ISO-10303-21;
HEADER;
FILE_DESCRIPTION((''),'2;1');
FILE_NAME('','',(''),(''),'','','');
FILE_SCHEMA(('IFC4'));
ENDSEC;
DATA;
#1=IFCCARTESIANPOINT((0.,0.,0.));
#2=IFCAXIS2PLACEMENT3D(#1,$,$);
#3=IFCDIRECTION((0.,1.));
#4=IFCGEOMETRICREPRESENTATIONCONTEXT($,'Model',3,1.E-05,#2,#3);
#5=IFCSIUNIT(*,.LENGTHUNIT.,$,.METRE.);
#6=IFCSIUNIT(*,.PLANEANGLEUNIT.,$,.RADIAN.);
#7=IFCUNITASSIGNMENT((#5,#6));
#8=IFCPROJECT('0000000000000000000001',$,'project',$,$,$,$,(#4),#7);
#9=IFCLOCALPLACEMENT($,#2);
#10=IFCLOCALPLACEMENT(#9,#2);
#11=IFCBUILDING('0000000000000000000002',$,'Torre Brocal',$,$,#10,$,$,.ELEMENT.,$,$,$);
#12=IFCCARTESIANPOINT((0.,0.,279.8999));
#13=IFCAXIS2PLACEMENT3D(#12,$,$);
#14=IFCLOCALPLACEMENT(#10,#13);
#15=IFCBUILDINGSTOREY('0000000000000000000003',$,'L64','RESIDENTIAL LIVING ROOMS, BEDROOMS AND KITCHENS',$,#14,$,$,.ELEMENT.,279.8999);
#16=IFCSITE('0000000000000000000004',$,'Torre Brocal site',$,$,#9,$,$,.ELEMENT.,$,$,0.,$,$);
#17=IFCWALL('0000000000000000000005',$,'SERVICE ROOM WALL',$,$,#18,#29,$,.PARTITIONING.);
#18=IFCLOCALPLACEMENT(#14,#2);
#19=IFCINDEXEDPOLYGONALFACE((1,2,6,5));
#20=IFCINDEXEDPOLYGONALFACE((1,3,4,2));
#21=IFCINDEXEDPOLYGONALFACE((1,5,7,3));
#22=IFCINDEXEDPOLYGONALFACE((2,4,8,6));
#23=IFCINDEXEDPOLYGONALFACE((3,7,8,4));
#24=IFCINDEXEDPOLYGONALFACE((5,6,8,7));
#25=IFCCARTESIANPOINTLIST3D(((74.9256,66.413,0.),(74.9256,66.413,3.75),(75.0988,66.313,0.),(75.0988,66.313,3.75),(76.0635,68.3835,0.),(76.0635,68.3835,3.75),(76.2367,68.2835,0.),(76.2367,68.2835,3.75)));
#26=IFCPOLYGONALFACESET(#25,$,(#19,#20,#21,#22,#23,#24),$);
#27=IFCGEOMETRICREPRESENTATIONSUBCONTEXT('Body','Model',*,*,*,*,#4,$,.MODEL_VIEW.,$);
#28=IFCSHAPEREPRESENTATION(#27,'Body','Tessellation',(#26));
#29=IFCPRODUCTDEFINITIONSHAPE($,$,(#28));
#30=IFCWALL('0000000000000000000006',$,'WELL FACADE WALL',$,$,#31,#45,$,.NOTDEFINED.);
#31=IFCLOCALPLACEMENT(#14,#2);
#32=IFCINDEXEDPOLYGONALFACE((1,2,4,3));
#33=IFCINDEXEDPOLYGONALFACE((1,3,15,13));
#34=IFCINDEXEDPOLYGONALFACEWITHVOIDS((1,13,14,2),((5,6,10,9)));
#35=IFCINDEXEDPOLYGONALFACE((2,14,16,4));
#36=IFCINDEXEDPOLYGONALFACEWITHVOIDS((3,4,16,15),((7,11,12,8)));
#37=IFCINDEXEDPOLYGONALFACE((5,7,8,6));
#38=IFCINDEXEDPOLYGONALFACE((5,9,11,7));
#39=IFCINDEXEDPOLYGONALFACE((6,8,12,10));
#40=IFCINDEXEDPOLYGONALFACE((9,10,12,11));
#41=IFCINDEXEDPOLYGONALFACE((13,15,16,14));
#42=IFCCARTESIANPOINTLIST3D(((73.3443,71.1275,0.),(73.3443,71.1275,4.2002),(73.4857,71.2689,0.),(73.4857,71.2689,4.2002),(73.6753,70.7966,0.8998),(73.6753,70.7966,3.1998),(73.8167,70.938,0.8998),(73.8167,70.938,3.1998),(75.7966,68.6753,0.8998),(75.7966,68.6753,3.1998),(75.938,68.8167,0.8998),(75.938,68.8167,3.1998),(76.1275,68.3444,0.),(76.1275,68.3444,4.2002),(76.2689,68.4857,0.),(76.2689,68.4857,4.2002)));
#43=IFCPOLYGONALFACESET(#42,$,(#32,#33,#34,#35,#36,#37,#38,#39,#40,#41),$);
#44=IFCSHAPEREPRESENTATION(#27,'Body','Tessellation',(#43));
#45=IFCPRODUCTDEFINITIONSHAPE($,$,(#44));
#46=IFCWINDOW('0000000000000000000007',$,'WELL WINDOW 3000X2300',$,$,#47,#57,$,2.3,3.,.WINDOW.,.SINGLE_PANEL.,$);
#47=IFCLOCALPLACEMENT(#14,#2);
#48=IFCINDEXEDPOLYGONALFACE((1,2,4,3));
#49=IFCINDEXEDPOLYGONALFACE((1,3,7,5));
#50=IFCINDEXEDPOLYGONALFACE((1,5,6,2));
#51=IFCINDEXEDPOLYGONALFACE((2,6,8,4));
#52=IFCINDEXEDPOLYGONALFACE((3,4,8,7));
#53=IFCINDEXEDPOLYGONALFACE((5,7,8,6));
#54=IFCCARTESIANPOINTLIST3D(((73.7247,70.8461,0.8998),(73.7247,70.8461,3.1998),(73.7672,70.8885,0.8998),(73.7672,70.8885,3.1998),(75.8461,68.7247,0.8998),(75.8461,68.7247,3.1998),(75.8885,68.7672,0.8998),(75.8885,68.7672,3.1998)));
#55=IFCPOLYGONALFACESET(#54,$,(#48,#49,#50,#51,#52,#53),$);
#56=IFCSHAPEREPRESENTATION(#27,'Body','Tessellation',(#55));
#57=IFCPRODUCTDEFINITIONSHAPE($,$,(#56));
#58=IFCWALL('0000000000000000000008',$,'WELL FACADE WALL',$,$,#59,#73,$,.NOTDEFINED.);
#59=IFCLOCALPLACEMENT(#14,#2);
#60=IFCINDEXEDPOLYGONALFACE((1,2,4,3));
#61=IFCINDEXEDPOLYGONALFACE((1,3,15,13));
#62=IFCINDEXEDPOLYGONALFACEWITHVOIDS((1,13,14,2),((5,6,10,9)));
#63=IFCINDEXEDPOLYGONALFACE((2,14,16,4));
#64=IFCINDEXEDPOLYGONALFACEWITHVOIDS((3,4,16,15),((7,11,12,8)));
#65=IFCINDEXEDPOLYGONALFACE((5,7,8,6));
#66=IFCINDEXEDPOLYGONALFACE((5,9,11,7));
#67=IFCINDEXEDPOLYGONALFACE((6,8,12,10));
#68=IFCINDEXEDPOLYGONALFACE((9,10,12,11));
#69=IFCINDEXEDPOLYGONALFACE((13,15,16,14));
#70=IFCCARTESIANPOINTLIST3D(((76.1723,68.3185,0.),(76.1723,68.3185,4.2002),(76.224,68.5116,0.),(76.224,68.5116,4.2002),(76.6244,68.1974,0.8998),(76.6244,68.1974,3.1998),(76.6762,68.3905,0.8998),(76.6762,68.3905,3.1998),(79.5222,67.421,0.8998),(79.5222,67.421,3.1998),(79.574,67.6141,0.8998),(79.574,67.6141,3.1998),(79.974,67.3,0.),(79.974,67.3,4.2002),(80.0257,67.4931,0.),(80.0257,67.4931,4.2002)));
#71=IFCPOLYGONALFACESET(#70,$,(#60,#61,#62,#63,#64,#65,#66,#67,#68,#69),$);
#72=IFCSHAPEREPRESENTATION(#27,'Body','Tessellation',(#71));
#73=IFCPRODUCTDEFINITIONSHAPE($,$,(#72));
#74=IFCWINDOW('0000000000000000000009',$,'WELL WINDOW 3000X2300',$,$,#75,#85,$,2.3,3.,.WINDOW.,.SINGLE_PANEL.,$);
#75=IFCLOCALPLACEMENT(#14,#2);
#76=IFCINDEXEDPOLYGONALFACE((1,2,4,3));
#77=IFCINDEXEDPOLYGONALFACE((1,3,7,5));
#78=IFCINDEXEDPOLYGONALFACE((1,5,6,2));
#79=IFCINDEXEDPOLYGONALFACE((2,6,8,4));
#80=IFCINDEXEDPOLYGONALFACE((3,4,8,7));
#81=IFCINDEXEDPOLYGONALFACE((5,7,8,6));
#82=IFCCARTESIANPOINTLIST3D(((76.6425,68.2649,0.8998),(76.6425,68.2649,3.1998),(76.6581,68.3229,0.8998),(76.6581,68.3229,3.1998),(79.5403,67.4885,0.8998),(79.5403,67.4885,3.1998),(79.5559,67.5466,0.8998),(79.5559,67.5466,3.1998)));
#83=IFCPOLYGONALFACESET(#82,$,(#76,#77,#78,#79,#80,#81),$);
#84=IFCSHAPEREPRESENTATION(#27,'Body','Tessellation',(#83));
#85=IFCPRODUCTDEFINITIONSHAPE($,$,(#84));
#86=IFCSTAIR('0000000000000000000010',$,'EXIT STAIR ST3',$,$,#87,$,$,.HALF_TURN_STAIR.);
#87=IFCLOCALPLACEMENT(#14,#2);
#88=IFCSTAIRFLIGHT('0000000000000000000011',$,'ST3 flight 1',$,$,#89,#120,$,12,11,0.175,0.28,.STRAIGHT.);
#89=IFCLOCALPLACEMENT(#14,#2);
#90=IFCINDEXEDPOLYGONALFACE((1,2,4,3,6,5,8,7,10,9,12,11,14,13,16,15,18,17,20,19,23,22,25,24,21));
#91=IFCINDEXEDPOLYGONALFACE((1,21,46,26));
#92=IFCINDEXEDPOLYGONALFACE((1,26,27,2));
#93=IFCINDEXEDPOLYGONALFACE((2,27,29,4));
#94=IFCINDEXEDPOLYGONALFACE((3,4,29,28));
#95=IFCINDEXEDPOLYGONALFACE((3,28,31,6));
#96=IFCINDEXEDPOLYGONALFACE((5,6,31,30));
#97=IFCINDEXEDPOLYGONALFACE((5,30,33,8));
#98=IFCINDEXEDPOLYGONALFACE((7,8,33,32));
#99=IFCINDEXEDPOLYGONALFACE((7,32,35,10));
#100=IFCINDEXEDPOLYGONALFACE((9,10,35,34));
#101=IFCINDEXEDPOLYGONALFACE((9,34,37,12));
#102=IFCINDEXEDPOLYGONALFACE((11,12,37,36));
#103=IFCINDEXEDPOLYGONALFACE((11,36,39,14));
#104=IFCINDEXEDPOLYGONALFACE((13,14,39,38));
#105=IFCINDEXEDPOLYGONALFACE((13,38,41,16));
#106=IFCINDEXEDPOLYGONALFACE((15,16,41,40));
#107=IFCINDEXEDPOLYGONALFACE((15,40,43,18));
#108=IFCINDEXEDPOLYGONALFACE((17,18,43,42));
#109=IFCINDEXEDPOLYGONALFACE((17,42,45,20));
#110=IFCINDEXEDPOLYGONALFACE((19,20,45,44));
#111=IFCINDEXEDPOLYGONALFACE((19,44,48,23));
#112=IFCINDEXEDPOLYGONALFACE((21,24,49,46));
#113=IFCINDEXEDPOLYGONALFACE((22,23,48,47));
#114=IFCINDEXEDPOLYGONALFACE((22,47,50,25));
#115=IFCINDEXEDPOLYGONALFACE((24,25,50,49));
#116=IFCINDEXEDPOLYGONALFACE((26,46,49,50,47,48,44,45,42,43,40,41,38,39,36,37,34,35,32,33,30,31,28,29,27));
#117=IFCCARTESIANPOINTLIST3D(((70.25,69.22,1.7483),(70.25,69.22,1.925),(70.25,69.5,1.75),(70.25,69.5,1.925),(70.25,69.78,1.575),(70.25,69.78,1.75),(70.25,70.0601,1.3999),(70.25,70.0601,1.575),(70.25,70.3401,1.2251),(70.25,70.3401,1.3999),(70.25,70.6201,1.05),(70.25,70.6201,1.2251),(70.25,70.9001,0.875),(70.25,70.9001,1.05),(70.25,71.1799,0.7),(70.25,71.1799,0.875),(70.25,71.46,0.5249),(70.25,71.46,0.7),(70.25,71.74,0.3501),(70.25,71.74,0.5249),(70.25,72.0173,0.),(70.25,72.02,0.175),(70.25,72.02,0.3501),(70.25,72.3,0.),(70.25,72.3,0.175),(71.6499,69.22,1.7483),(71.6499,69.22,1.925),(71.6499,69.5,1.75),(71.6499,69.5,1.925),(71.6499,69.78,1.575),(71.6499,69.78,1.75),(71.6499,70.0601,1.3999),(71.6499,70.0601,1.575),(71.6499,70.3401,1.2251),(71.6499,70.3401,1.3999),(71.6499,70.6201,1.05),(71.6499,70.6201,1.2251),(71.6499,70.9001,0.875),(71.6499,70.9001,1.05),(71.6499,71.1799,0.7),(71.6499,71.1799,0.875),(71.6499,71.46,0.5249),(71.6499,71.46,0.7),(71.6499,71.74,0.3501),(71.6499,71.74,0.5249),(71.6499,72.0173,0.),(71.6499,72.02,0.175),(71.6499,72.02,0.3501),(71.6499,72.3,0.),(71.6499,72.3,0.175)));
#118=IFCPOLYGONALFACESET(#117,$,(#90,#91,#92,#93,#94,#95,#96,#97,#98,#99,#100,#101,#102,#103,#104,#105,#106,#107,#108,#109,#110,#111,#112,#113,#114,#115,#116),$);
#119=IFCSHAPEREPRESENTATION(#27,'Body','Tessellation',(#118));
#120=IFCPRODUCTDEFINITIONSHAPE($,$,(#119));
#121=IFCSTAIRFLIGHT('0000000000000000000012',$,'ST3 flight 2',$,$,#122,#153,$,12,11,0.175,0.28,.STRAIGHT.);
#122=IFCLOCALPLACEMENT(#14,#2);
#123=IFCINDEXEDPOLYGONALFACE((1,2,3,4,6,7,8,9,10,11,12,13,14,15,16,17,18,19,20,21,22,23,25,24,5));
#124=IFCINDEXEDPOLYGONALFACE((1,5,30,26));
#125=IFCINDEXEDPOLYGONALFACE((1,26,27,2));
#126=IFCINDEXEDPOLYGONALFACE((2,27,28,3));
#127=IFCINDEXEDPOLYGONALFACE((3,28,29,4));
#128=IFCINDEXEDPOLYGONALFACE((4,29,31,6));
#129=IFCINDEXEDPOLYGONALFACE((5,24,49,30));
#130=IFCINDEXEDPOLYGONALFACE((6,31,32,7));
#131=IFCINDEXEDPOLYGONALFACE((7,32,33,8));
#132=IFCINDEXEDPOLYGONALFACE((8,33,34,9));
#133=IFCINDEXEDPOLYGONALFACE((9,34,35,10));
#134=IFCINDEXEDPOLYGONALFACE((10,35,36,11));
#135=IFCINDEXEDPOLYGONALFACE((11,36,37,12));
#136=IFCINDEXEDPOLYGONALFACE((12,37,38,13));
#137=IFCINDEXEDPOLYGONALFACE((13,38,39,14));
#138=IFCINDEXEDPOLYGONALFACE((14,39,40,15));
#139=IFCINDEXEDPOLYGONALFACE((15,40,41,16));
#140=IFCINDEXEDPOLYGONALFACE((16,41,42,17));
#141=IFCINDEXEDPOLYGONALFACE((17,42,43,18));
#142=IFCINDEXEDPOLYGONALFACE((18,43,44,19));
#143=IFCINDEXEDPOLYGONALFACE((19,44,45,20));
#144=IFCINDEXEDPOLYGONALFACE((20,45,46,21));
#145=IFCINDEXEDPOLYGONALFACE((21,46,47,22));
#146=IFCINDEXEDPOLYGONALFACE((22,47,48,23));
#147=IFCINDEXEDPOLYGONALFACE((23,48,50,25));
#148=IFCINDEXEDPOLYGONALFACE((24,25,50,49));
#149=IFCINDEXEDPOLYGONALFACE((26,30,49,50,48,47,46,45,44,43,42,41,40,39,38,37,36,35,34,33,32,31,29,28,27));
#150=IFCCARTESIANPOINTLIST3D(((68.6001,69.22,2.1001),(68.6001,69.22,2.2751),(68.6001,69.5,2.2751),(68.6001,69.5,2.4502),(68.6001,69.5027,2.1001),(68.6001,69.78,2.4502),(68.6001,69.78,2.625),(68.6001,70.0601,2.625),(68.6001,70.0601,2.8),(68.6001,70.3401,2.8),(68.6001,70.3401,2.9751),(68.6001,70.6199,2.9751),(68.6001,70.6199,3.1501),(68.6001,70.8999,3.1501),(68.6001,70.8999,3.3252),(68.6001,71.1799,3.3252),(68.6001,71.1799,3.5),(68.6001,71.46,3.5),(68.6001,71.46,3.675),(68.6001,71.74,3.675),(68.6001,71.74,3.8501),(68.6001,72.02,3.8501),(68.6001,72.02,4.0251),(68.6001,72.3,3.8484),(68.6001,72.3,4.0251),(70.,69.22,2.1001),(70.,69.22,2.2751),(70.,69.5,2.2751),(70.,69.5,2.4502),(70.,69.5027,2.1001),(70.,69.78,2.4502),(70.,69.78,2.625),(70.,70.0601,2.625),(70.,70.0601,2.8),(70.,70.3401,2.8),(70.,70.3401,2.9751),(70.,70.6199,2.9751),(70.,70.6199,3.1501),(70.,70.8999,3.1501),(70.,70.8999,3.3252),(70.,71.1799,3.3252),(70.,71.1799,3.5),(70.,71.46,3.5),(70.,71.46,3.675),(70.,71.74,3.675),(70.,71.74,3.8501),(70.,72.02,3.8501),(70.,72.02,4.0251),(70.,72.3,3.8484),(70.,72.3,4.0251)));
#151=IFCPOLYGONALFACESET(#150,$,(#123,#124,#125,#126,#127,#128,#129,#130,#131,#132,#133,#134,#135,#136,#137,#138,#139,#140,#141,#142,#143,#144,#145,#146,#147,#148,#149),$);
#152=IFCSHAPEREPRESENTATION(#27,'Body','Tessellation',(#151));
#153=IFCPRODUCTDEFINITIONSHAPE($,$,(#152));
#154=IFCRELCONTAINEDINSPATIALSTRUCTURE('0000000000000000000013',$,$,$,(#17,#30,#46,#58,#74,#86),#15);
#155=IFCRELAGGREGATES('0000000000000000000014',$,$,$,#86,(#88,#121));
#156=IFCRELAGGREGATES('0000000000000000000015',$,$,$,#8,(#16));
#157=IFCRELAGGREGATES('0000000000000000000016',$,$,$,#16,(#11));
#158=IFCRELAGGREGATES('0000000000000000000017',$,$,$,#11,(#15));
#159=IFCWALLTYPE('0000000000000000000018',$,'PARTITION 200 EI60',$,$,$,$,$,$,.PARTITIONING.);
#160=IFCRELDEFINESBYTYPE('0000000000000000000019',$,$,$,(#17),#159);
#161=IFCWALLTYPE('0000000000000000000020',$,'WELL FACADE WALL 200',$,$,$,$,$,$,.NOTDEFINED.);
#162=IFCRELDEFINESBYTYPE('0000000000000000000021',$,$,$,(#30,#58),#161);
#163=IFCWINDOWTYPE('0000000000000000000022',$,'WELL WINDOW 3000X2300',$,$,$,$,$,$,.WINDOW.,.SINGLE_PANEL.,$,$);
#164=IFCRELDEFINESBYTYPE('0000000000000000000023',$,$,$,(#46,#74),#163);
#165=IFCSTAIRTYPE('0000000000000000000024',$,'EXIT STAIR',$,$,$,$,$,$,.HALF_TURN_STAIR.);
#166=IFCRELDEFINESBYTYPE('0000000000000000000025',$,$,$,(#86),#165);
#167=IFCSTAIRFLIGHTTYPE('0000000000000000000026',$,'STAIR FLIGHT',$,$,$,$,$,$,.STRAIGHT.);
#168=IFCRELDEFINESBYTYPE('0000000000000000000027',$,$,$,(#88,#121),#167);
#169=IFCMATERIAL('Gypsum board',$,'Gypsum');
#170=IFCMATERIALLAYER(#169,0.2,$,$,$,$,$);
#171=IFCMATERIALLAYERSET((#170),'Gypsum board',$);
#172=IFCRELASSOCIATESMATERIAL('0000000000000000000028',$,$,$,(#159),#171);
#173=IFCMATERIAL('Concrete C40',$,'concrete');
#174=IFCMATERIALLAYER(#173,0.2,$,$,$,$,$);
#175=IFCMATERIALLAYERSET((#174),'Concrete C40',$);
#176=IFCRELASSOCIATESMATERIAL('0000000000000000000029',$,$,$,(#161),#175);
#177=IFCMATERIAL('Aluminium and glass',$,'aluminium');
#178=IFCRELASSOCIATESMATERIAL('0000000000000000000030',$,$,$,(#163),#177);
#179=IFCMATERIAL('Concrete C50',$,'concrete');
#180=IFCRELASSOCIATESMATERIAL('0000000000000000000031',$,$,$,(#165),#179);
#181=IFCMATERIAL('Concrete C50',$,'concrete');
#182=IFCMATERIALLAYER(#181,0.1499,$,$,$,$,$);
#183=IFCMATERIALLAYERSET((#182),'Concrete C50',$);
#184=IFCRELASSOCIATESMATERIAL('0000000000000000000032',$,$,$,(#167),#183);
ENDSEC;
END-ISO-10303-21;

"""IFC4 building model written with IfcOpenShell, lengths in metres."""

from ifc_helpers import new_model, si_unit, direction, frame, frame_2d, origin, place, context, subcontext, project, spatial, polyline, rectangle, outline, extrude, material, layer, layer_set, type_object, element, fill, aggregate, save


model = new_model("IFC4")

# Units and contexts
model_context = context("Model", 3, precision=1e-05, world=origin(), true_north=direction((0.0, 1.0)))
body_context = subcontext(model_context, "Body", "Model", "MODEL_VIEW")
ifc_project = project(units=[si_unit("LENGTHUNIT", "METRE"), si_unit("PLANEANGLEUNIT", "RADIAN")], contexts=[model_context])

# Site, building, storey
site_placement = place(None, origin())
site = spatial("IfcSite", under=ifc_project, at=site_placement, Name="Torre Brocal site", CompositionType="ELEMENT", RefElevation=0.0)
building_placement = place(site_placement, origin())
building = spatial("IfcBuilding", under=site, at=building_placement, Name="Torre Brocal", CompositionType="ELEMENT")
storey_placement = place(building_placement, frame((0.0, 0.0, 279.8999)))
storey = spatial("IfcBuildingStorey", under=building, at=storey_placement, Name="L64", Description="RESIDENTIAL LIVING ROOMS, BEDROOMS AND KITCHENS", CompositionType="ELEMENT", Elevation=279.8999)

# Shared definitions
ifc_material_1 = material(Name="Gypsum board", Category="Gypsum")
ifc_layer_1 = layer(ifc_material_1, 0.2)
ifc_layer_set_1 = layer_set([ifc_layer_1], Name="Gypsum board")
wall_type_1 = type_object("IfcWallType", Name="PARTITION 200 EI60", PredefinedType="PARTITIONING", material=ifc_layer_set_1)

# Wall
wall_1_placement = place(storey_placement, frame((75.0122, 66.363, 0.0), z_axis=(0.0, 0.0, 1.0), x_axis=(0.500097, 0.865969, 0.0)))
element("IfcWall", 1, at=wall_1_placement, inside=storey, type_object=wall_type_1, Name="SERVICE ROOM WALL", PredefinedType="PARTITIONING", context=body_context, shape_type="SweptSolid", body=[
    extrude(rectangle(XDim=2.2754, YDim=0.2, at=frame_2d((1.1377, 0.0))), origin(), (0.0, 0.0, 1.0), 3.75),
])

# Walls, openings, windows
ifc_material_2 = material(Name="Concrete C40", Category="concrete")
ifc_layer_2 = layer(ifc_material_2, 0.2)
ifc_layer_set_2 = layer_set([ifc_layer_2], Name="Concrete C40")
wall_type_2 = type_object("IfcWallType", Name="WELL FACADE WALL 200", PredefinedType="NOTDEFINED", material=ifc_layer_set_2)
wall_2_placement = place(storey_placement, frame((73.415, 71.1982, 0.0), z_axis=(0.0, 0.0, 1.0), x_axis=(0.707107, -0.707107, 0.0)))
wall_2 = element("IfcWall", 2, at=wall_2_placement, inside=storey, type_object=wall_type_2, Name="WELL FACADE WALL", PredefinedType="NOTDEFINED", context=body_context, shape_type="SweptSolid", body=[
    extrude(rectangle(XDim=3.936, YDim=0.2, at=frame_2d((1.968, 0.0))), origin(), (0.0, 0.0, 1.0), 4.2002),
])
opening_1_placement = place(wall_2_placement, frame((0.468, 0.0, 0.8999)))
opening_1 = element("IfcOpeningElement", 3, at=opening_1_placement, cuts=wall_2, PredefinedType="OPENING", context=body_context, shape_type="SweptSolid", body=[
    extrude(rectangle(XDim=3.0, YDim=2.3, at=frame_2d((1.5, 1.1499))), frame((0.0, 0.1099, 0.0), z_axis=(0.0, -1.0, 0.0), x_axis=(1.0, 0.0, 0.0)), (0.0, 0.0, 1.0), 0.22),
])
ifc_material_3 = material(Name="Aluminium and glass", Category="aluminium")
window_type = type_object("IfcWindowType", Name="WELL WINDOW 3000X2300", PartitioningType="SINGLE_PANEL", PredefinedType="WINDOW", material=ifc_material_3)
window_1_placement = place(opening_1_placement, origin())
window_1 = element("IfcWindow", 4, at=window_1_placement, inside=storey, type_object=window_type, Name="WELL WINDOW 3000X2300", OverallHeight=2.3, OverallWidth=3.0, PartitioningType="SINGLE_PANEL", PredefinedType="WINDOW", context=body_context, shape_type="SweptSolid", body=[
    extrude(rectangle(XDim=3.0, YDim=2.3, at=frame_2d((1.5, 1.1499))), frame((0.0, 0.03, 0.0), z_axis=(0.0, -1.0, 0.0), x_axis=(1.0, 0.0, 0.0)), (0.0, 0.0, 1.0), 0.0601),
])
fill(opening_1, window_1)
wall_3_placement = place(storey_placement, frame((76.1982, 68.415, 0.0), z_axis=(0.0, 0.0, 1.0), x_axis=(0.965934, -0.25879, 0.0)))
wall_3 = element("IfcWall", 5, at=wall_3_placement, inside=storey, type_object=wall_type_2, Name="WELL FACADE WALL", PredefinedType="NOTDEFINED", context=body_context, shape_type="SweptSolid", body=[
    extrude(rectangle(XDim=3.9358, YDim=0.2, at=frame_2d((1.9678, 0.0))), origin(), (0.0, 0.0, 1.0), 4.2002),
])
opening_2_placement = place(wall_3_placement, frame((0.468, 0.0, 0.8999)))
opening_2 = element("IfcOpeningElement", 6, at=opening_2_placement, cuts=wall_3, PredefinedType="OPENING", context=body_context, shape_type="SweptSolid", body=[
    extrude(rectangle(XDim=3.0, YDim=2.3, at=frame_2d((1.5, 1.1499))), frame((0.0, 0.1099, 0.0), z_axis=(0.0, -1.0, 0.0), x_axis=(1.0, 0.0, 0.0)), (0.0, 0.0, 1.0), 0.22),
])
window_2_placement = place(opening_2_placement, origin())
window_2 = element("IfcWindow", 7, at=window_2_placement, inside=storey, type_object=window_type, Name="WELL WINDOW 3000X2300", OverallHeight=2.3, OverallWidth=3.0, PartitioningType="SINGLE_PANEL", PredefinedType="WINDOW", context=body_context, shape_type="SweptSolid", body=[
    extrude(rectangle(XDim=3.0, YDim=2.3, at=frame_2d((1.5, 1.1499))), frame((0.0, 0.03, 0.0), z_axis=(0.0, -1.0, 0.0), x_axis=(1.0, 0.0, 0.0)), (0.0, 0.0, 1.0), 0.0601),
])
fill(opening_2, window_2)

# Stair, stair flights
ifc_material_4 = material(Name="Concrete C50", Category="concrete")
stair_type = type_object("IfcStairType", Name="EXIT STAIR", PredefinedType="HALF_TURN_STAIR", material=ifc_material_4)
stair_placement = place(storey_placement, origin())
stair = element("IfcStair", 8, at=stair_placement, inside=storey, type_object=stair_type, Name="EXIT STAIR ST3", PredefinedType="HALF_TURN_STAIR")
ifc_material_5 = material(Name="Concrete C50", Category="concrete")
ifc_layer_3 = layer(ifc_material_5, 0.1499)
ifc_layer_set_3 = layer_set([ifc_layer_3], Name="Concrete C50")
stair_flight_type = type_object("IfcStairFlightType", Name="STAIR FLIGHT", PredefinedType="STRAIGHT", material=ifc_layer_set_3)
stair_flight_1_placement = place(storey_placement, frame((70.95, 72.3, 0.0), z_axis=(0.0, 0.0, 1.0), x_axis=(0.0, -1.0, 0.0)))
stair_flight_1 = element("IfcStairFlight", 9, at=stair_flight_1_placement, type_object=stair_flight_type, Name="ST3 flight 1", NumberOfRisers=12, NumberOfTreads=11, PredefinedType="STRAIGHT", RiserHeight=0.175, TreadLength=0.28, context=body_context, shape_type="SweptSolid", body=[
    extrude(outline(polyline([(0.0, 0.0), (0.0, 0.175), (0.28, 0.175), (0.28, 0.3501), (0.5601, 0.3501), (0.5601, 0.5249), (0.8401, 0.5249), (0.8401, 0.7), (1.1201, 0.7), (1.1201, 0.875), (1.3999, 0.875), (1.3999, 1.05), (1.6799, 1.05), (1.6799, 1.2251), (1.96, 1.2251), (1.96, 1.3999), (2.24, 1.3999), (2.24, 1.575), (2.52, 1.575), (2.52, 1.75), (2.8, 1.75), (2.8, 1.925), (3.0801, 1.925), (3.0801, 2.1001), (3.0801, 1.7483), (0.2827, 0.0), (0.0, 0.0)])), frame((0.0, 0.7, 0.0), z_axis=(0.0, -1.0, 0.0), x_axis=(1.0, 0.0, 0.0)), (0.0, 0.0, 1.0), 1.3999),
])
stair_flight_2_placement = place(storey_placement, frame((69.3, 69.22, 2.1001), z_axis=(0.0, 0.0, 1.0), x_axis=(0.0, 1.0, 0.0)))
stair_flight_2 = element("IfcStairFlight", 10, at=stair_flight_2_placement, type_object=stair_flight_type, Name="ST3 flight 2", NumberOfRisers=12, NumberOfTreads=11, PredefinedType="STRAIGHT", RiserHeight=0.175, TreadLength=0.28, context=body_context, shape_type="SweptSolid", body=[
    extrude(outline(polyline([(0.0, 0.0), (0.0, 0.175), (0.28, 0.175), (0.28, 0.3501), (0.5601, 0.3501), (0.5601, 0.5249), (0.8401, 0.5249), (0.8401, 0.7), (1.1201, 0.7), (1.1201, 0.875), (1.3999, 0.875), (1.3999, 1.05), (1.6799, 1.05), (1.6799, 1.2251), (1.96, 1.2251), (1.96, 1.3999), (2.24, 1.3999), (2.24, 1.575), (2.52, 1.575), (2.52, 1.75), (2.8, 1.75), (2.8, 1.925), (3.0801, 1.925), (3.0801, 2.1001), (3.0801, 1.7483), (0.2827, 0.0), (0.0, 0.0)])), frame((0.0, 0.7, 0.0), z_axis=(0.0, -1.0, 0.0), x_axis=(1.0, 0.0, 0.0)), (0.0, 0.0, 1.0), 1.3999),
])
aggregate(stair, [stair_flight_1, stair_flight_2])

save(model, "model.ifc")
